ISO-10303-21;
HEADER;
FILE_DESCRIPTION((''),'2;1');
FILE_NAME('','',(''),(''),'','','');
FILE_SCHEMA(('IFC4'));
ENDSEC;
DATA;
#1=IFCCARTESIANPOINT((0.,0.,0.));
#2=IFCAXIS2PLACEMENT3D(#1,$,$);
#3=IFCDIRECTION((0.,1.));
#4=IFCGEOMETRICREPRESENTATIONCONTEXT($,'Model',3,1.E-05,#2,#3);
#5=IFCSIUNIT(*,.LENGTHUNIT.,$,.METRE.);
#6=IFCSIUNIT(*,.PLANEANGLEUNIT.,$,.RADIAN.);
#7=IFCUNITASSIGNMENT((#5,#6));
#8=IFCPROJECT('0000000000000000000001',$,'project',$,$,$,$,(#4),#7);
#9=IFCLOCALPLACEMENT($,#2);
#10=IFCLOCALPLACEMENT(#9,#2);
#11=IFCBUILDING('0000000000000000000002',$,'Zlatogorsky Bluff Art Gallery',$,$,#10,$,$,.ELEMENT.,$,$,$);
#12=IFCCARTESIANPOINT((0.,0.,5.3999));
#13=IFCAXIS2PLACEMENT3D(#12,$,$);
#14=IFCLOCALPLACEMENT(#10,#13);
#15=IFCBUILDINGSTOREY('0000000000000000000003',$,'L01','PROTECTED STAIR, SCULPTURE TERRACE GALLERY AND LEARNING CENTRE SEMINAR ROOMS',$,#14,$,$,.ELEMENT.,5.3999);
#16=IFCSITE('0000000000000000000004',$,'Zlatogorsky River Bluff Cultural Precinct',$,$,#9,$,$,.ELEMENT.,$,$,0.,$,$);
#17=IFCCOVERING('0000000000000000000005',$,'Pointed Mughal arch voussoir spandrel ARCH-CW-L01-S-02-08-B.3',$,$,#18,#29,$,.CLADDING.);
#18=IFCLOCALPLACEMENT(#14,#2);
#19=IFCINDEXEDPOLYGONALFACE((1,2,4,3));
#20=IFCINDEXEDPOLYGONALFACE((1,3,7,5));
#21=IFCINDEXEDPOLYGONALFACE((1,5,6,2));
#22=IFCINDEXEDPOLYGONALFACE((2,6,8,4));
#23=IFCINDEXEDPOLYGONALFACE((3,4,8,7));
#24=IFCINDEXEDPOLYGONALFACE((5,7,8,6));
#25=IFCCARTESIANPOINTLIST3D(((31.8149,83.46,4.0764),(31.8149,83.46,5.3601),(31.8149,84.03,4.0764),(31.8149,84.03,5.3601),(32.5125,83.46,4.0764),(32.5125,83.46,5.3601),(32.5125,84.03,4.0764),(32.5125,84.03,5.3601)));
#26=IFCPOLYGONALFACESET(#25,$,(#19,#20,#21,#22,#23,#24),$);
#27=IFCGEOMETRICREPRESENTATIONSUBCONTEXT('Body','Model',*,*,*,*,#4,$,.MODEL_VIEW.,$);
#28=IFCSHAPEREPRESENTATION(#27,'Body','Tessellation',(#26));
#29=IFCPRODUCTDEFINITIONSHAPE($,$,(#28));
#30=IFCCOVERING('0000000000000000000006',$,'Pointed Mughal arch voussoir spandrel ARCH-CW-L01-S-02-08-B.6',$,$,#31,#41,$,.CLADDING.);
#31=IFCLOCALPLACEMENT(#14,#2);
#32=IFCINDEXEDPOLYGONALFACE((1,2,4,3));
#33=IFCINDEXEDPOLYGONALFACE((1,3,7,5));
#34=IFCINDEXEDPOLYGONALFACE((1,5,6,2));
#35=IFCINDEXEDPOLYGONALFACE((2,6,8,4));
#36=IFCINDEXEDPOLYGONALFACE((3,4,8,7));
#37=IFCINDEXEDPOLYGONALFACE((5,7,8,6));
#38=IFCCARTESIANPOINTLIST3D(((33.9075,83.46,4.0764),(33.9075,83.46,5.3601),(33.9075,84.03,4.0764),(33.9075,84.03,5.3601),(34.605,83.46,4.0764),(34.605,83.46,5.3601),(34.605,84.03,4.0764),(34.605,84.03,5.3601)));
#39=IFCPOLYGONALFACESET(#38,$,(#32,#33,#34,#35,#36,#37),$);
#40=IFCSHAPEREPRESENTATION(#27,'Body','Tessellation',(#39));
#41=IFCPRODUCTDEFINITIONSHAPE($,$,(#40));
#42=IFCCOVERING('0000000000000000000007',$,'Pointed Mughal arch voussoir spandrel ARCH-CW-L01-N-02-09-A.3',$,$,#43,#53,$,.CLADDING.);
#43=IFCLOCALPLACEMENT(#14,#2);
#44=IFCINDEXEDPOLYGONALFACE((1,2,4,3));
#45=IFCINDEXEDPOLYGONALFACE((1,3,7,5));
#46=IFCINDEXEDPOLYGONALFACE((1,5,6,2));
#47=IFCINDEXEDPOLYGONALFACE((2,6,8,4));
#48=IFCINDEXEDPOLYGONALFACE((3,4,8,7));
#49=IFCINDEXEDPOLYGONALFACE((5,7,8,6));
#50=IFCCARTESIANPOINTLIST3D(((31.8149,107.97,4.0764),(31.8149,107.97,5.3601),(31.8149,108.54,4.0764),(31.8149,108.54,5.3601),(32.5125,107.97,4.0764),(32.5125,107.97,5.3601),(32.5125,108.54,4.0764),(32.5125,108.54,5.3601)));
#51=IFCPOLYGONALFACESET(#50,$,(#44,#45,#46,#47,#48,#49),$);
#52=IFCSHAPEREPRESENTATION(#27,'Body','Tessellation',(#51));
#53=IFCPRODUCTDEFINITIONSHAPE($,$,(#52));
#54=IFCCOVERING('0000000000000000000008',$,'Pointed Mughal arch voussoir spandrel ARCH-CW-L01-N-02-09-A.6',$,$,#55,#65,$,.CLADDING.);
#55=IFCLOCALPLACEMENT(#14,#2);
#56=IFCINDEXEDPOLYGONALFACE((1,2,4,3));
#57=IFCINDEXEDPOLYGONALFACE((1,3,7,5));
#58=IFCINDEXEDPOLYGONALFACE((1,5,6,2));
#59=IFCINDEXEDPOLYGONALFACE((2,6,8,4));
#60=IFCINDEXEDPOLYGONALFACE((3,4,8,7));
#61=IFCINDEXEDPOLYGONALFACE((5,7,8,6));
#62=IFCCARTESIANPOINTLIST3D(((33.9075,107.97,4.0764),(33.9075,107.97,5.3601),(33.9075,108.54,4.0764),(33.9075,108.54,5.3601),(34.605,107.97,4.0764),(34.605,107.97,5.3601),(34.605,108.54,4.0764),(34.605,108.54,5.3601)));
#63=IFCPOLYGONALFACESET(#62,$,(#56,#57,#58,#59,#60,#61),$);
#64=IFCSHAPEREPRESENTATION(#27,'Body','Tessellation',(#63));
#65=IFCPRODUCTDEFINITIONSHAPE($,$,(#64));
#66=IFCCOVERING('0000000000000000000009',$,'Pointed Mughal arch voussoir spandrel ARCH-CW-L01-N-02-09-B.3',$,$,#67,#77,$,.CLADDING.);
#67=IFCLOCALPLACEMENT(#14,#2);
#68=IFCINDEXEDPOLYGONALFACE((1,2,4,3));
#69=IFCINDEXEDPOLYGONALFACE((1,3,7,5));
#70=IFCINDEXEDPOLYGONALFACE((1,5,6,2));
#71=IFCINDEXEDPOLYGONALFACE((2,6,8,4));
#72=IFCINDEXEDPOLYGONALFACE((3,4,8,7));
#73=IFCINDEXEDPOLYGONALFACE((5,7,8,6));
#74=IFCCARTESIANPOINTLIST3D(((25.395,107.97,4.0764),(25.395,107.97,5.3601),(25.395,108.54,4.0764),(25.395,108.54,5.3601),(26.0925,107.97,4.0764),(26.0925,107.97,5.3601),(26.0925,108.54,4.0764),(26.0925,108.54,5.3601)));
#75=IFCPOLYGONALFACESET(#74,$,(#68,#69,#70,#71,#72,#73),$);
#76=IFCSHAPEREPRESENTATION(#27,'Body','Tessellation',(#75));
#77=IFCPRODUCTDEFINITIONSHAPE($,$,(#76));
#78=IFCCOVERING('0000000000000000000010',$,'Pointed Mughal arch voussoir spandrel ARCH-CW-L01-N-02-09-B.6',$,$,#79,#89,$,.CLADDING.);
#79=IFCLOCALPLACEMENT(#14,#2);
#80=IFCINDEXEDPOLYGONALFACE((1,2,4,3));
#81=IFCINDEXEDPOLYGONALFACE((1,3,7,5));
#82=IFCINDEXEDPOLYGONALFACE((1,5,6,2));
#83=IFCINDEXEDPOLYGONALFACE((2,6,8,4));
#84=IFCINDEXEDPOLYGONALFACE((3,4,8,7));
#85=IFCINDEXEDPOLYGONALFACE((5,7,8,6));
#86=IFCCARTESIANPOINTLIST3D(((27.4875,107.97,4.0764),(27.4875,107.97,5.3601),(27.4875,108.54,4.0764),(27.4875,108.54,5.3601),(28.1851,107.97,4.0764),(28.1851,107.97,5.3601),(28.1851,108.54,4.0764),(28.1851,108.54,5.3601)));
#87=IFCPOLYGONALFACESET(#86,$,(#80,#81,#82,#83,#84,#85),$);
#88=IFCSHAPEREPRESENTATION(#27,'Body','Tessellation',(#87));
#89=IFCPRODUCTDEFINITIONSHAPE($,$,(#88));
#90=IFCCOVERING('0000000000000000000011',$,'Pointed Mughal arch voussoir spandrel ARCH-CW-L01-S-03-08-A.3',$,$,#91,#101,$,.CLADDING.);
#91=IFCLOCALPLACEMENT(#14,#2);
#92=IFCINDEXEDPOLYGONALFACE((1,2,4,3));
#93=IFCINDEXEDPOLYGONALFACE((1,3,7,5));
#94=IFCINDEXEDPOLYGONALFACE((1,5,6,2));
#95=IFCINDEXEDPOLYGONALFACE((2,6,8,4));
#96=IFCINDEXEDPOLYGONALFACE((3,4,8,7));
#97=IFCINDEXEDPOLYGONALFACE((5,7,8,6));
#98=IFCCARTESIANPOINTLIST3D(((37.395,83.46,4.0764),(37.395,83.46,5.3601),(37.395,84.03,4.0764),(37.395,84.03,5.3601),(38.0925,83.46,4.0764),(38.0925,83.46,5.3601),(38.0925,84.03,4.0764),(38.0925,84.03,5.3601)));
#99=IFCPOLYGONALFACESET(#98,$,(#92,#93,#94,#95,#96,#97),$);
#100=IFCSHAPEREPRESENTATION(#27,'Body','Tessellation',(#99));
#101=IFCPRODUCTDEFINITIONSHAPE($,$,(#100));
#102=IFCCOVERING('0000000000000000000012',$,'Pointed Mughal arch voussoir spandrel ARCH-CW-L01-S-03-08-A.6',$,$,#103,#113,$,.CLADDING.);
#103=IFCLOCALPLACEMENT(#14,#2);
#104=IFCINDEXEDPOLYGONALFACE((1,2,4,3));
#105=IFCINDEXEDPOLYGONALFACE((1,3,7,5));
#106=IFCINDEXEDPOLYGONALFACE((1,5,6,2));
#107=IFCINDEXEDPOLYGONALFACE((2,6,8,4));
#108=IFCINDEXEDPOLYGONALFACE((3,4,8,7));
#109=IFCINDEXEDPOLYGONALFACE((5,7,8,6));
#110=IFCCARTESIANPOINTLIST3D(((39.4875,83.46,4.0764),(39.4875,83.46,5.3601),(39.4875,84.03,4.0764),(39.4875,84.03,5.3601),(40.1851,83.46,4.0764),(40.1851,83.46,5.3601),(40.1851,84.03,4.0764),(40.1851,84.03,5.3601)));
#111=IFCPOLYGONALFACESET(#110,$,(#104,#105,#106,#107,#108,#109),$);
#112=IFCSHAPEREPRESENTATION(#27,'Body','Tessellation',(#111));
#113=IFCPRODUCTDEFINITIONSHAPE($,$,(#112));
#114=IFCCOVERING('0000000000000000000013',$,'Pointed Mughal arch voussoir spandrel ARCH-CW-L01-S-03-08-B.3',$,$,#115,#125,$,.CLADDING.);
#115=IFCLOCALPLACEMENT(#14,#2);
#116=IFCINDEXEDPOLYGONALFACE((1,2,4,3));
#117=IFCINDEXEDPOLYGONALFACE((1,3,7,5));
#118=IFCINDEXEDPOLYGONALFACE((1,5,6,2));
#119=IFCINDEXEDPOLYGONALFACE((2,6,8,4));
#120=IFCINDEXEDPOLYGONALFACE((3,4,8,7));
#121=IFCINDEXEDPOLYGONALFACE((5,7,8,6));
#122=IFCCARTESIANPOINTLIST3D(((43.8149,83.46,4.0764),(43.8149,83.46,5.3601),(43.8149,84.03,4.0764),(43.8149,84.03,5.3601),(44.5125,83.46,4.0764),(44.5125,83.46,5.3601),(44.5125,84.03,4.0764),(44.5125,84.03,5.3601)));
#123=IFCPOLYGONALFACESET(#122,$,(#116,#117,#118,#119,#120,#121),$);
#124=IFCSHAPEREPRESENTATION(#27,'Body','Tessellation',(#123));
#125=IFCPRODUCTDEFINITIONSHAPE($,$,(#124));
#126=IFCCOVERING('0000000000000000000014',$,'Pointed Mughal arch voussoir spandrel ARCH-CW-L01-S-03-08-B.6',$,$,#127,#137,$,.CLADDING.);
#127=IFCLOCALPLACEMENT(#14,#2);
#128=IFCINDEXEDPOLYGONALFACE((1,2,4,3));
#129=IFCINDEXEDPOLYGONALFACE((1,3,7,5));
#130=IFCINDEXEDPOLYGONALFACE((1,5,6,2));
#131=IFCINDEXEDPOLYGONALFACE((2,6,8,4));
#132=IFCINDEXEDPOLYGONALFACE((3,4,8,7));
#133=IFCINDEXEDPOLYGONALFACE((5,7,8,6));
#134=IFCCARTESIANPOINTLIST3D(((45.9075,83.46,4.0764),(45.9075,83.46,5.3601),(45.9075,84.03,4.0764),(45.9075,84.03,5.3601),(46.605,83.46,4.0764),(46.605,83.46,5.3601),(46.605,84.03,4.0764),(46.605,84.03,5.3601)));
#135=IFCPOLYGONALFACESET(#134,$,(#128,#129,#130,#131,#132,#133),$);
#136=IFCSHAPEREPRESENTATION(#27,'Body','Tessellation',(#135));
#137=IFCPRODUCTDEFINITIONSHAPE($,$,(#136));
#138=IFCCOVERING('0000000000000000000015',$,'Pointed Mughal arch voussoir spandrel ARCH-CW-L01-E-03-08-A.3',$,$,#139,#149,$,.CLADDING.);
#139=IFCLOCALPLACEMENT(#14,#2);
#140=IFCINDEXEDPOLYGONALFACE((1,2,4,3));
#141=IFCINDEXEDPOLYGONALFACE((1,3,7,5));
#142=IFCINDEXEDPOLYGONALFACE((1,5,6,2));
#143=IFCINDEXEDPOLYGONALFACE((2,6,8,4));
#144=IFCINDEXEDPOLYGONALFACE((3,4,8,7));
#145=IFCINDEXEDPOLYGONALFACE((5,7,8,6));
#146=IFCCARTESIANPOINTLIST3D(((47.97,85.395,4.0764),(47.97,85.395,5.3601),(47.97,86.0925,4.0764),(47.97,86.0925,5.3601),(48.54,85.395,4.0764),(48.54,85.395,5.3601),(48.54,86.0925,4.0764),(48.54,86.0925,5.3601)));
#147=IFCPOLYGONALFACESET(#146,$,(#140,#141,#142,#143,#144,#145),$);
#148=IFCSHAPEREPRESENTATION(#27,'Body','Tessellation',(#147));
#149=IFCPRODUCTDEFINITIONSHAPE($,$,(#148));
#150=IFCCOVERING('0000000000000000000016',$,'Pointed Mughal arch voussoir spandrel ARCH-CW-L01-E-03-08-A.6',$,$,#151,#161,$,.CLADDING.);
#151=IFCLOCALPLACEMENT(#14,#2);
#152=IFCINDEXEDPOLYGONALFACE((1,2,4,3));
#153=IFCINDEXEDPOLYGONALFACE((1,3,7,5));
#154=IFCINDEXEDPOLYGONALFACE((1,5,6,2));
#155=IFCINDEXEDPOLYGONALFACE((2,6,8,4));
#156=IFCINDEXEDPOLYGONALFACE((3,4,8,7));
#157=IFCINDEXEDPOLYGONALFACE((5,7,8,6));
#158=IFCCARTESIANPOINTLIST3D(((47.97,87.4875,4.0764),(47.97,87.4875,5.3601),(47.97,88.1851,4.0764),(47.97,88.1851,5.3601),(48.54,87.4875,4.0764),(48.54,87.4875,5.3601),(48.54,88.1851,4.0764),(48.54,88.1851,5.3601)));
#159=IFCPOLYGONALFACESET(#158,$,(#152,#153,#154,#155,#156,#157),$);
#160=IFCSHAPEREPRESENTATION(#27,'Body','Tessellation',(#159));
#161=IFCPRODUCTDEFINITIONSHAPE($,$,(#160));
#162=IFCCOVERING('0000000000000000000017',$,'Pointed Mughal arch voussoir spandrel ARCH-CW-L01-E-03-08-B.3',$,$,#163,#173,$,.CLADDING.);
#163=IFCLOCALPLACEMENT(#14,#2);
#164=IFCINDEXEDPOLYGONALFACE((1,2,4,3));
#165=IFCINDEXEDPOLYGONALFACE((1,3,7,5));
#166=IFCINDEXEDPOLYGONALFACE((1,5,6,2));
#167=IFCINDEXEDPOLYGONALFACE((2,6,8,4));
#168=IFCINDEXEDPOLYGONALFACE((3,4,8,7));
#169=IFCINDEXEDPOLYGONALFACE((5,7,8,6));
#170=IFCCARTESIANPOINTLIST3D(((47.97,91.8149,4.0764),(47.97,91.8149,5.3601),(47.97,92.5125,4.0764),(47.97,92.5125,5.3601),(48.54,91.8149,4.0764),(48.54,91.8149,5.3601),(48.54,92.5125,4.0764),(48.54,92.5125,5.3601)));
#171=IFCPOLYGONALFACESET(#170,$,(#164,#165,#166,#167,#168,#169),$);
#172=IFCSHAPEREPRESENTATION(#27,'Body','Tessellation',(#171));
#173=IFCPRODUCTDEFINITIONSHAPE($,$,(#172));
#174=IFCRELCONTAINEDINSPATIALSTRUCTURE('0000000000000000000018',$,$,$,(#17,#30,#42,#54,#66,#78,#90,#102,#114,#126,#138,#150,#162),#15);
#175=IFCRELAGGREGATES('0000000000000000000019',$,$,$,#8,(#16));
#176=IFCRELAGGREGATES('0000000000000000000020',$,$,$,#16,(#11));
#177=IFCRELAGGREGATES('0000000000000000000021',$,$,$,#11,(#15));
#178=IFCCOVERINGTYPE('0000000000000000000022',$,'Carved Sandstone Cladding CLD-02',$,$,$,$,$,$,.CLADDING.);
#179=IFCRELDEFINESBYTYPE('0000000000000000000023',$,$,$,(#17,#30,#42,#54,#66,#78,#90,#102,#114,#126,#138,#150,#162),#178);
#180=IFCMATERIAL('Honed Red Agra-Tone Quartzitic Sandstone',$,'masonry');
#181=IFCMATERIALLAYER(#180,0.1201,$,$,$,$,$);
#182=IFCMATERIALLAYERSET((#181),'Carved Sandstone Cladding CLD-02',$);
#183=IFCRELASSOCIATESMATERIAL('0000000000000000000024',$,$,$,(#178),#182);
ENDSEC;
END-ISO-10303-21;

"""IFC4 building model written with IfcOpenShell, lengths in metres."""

from ifc_helpers import new_model, si_unit, direction, frame, origin, place, context, subcontext, project, spatial, polyline, outline, extrude, material, layer, layer_set, type_object, element, save


model = new_model("IFC4")

# Units and contexts
model_context = context("Model", 3, precision=1e-05, world=origin(), true_north=direction((0.0, 1.0)))
body_context = subcontext(model_context, "Body", "Model", "MODEL_VIEW")
ifc_project = project(units=[si_unit("LENGTHUNIT", "METRE"), si_unit("PLANEANGLEUNIT", "RADIAN")], contexts=[model_context])

# Site, building, storey
site_placement = place(None, origin())
site = spatial("IfcSite", under=ifc_project, at=site_placement, Name="Zlatogorsky River Bluff Cultural Precinct", CompositionType="ELEMENT", RefElevation=0.0)
building_placement = place(site_placement, origin())
building = spatial("IfcBuilding", under=site, at=building_placement, Name="Zlatogorsky Bluff Art Gallery", CompositionType="ELEMENT")
storey_placement = place(building_placement, frame((0.0, 0.0, 5.3999)))
storey = spatial("IfcBuildingStorey", under=building, at=storey_placement, Name="L01", Description="PROTECTED STAIR, SCULPTURE TERRACE GALLERY AND LEARNING CENTRE SEMINAR ROOMS", CompositionType="ELEMENT", Elevation=5.3999)

# Coverings
ifc_material = material(Name="Honed Red Agra-Tone Quartzitic Sandstone", Category="masonry")
ifc_layer = layer(ifc_material, 0.1201)
ifc_layer_set = layer_set([ifc_layer], Name="Carved Sandstone Cladding CLD-02")
covering_type = type_object("IfcCoveringType", Name="Carved Sandstone Cladding CLD-02", PredefinedType="CLADDING", material=ifc_layer_set)
covering_1_placement = place(storey_placement, frame((0.0, 0.0, 4.0764)))
element("IfcCovering", 1, at=covering_1_placement, inside=storey, type_object=covering_type, Name="Pointed Mughal arch voussoir spandrel ARCH-CW-L01-S-02-08-B.3", PredefinedType="CLADDING", context=body_context, shape_type="SweptSolid", body=[
    extrude(outline(polyline([(31.8149, 83.46), (32.5125, 83.46), (32.5125, 84.03), (31.8149, 84.03), (31.8149, 83.46)])), origin(), (0.0, 0.0, 1.0), 1.2837),
])
covering_2_placement = place(storey_placement, frame((0.0, 0.0, 4.0764)))
element("IfcCovering", 2, at=covering_2_placement, inside=storey, type_object=covering_type, Name="Pointed Mughal arch voussoir spandrel ARCH-CW-L01-S-02-08-B.6", PredefinedType="CLADDING", context=body_context, shape_type="SweptSolid", body=[
    extrude(outline(polyline([(33.9075, 83.46), (34.605, 83.46), (34.605, 84.03), (33.9075, 84.03), (33.9075, 83.46)])), origin(), (0.0, 0.0, 1.0), 1.2837),
])
covering_3_placement = place(storey_placement, frame((0.0, 0.0, 4.0764)))
element("IfcCovering", 3, at=covering_3_placement, inside=storey, type_object=covering_type, Name="Pointed Mughal arch voussoir spandrel ARCH-CW-L01-N-02-09-A.3", PredefinedType="CLADDING", context=body_context, shape_type="SweptSolid", body=[
    extrude(outline(polyline([(31.8149, 107.97), (32.5125, 107.97), (32.5125, 108.54), (31.8149, 108.54), (31.8149, 107.97)])), origin(), (0.0, 0.0, 1.0), 1.2837),
])
covering_4_placement = place(storey_placement, frame((0.0, 0.0, 4.0764)))
element("IfcCovering", 4, at=covering_4_placement, inside=storey, type_object=covering_type, Name="Pointed Mughal arch voussoir spandrel ARCH-CW-L01-N-02-09-A.6", PredefinedType="CLADDING", context=body_context, shape_type="SweptSolid", body=[
    extrude(outline(polyline([(33.9075, 107.97), (34.605, 107.97), (34.605, 108.54), (33.9075, 108.54), (33.9075, 107.97)])), origin(), (0.0, 0.0, 1.0), 1.2837),
])
covering_5_placement = place(storey_placement, frame((0.0, 0.0, 4.0764)))
element("IfcCovering", 5, at=covering_5_placement, inside=storey, type_object=covering_type, Name="Pointed Mughal arch voussoir spandrel ARCH-CW-L01-N-02-09-B.3", PredefinedType="CLADDING", context=body_context, shape_type="SweptSolid", body=[
    extrude(outline(polyline([(25.395, 107.97), (26.0925, 107.97), (26.0925, 108.54), (25.395, 108.54), (25.395, 107.97)])), origin(), (0.0, 0.0, 1.0), 1.2837),
])
covering_6_placement = place(storey_placement, frame((0.0, 0.0, 4.0764)))
element("IfcCovering", 6, at=covering_6_placement, inside=storey, type_object=covering_type, Name="Pointed Mughal arch voussoir spandrel ARCH-CW-L01-N-02-09-B.6", PredefinedType="CLADDING", context=body_context, shape_type="SweptSolid", body=[
    extrude(outline(polyline([(27.4875, 107.97), (28.1851, 107.97), (28.1851, 108.54), (27.4875, 108.54), (27.4875, 107.97)])), origin(), (0.0, 0.0, 1.0), 1.2837),
])
covering_7_placement = place(storey_placement, frame((0.0, 0.0, 4.0764)))
element("IfcCovering", 7, at=covering_7_placement, inside=storey, type_object=covering_type, Name="Pointed Mughal arch voussoir spandrel ARCH-CW-L01-S-03-08-A.3", PredefinedType="CLADDING", context=body_context, shape_type="SweptSolid", body=[
    extrude(outline(polyline([(37.395, 83.46), (38.0925, 83.46), (38.0925, 84.03), (37.395, 84.03), (37.395, 83.46)])), origin(), (0.0, 0.0, 1.0), 1.2837),
])
covering_8_placement = place(storey_placement, frame((0.0, 0.0, 4.0764)))
element("IfcCovering", 8, at=covering_8_placement, inside=storey, type_object=covering_type, Name="Pointed Mughal arch voussoir spandrel ARCH-CW-L01-S-03-08-A.6", PredefinedType="CLADDING", context=body_context, shape_type="SweptSolid", body=[
    extrude(outline(polyline([(39.4875, 83.46), (40.1851, 83.46), (40.1851, 84.03), (39.4875, 84.03), (39.4875, 83.46)])), origin(), (0.0, 0.0, 1.0), 1.2837),
])
covering_9_placement = place(storey_placement, frame((0.0, 0.0, 4.0764)))
element("IfcCovering", 9, at=covering_9_placement, inside=storey, type_object=covering_type, Name="Pointed Mughal arch voussoir spandrel ARCH-CW-L01-S-03-08-B.3", PredefinedType="CLADDING", context=body_context, shape_type="SweptSolid", body=[
    extrude(outline(polyline([(43.8149, 83.46), (44.5125, 83.46), (44.5125, 84.03), (43.8149, 84.03), (43.8149, 83.46)])), origin(), (0.0, 0.0, 1.0), 1.2837),
])
covering_10_placement = place(storey_placement, frame((0.0, 0.0, 4.0764)))
element("IfcCovering", 10, at=covering_10_placement, inside=storey, type_object=covering_type, Name="Pointed Mughal arch voussoir spandrel ARCH-CW-L01-S-03-08-B.6", PredefinedType="CLADDING", context=body_context, shape_type="SweptSolid", body=[
    extrude(outline(polyline([(45.9075, 83.46), (46.605, 83.46), (46.605, 84.03), (45.9075, 84.03), (45.9075, 83.46)])), origin(), (0.0, 0.0, 1.0), 1.2837),
])
covering_11_placement = place(storey_placement, frame((0.0, 0.0, 4.0764)))
element("IfcCovering", 11, at=covering_11_placement, inside=storey, type_object=covering_type, Name="Pointed Mughal arch voussoir spandrel ARCH-CW-L01-E-03-08-A.3", PredefinedType="CLADDING", context=body_context, shape_type="SweptSolid", body=[
    extrude(outline(polyline([(47.97, 85.395), (47.97, 86.0925), (48.54, 86.0925), (48.54, 85.395), (47.97, 85.395)])), origin(), (0.0, 0.0, 1.0), 1.2837),
])
covering_12_placement = place(storey_placement, frame((0.0, 0.0, 4.0764)))
element("IfcCovering", 12, at=covering_12_placement, inside=storey, type_object=covering_type, Name="Pointed Mughal arch voussoir spandrel ARCH-CW-L01-E-03-08-A.6", PredefinedType="CLADDING", context=body_context, shape_type="SweptSolid", body=[
    extrude(outline(polyline([(47.97, 87.4875), (47.97, 88.1851), (48.54, 88.1851), (48.54, 87.4875), (47.97, 87.4875)])), origin(), (0.0, 0.0, 1.0), 1.2837),
])
covering_13_placement = place(storey_placement, frame((0.0, 0.0, 4.0764)))
element("IfcCovering", 13, at=covering_13_placement, inside=storey, type_object=covering_type, Name="Pointed Mughal arch voussoir spandrel ARCH-CW-L01-E-03-08-B.3", PredefinedType="CLADDING", context=body_context, shape_type="SweptSolid", body=[
    extrude(outline(polyline([(47.97, 91.8149), (47.97, 92.5125), (48.54, 92.5125), (48.54, 91.8149), (47.97, 91.8149)])), origin(), (0.0, 0.0, 1.0), 1.2837),
])

save(model, "model.ifc")
